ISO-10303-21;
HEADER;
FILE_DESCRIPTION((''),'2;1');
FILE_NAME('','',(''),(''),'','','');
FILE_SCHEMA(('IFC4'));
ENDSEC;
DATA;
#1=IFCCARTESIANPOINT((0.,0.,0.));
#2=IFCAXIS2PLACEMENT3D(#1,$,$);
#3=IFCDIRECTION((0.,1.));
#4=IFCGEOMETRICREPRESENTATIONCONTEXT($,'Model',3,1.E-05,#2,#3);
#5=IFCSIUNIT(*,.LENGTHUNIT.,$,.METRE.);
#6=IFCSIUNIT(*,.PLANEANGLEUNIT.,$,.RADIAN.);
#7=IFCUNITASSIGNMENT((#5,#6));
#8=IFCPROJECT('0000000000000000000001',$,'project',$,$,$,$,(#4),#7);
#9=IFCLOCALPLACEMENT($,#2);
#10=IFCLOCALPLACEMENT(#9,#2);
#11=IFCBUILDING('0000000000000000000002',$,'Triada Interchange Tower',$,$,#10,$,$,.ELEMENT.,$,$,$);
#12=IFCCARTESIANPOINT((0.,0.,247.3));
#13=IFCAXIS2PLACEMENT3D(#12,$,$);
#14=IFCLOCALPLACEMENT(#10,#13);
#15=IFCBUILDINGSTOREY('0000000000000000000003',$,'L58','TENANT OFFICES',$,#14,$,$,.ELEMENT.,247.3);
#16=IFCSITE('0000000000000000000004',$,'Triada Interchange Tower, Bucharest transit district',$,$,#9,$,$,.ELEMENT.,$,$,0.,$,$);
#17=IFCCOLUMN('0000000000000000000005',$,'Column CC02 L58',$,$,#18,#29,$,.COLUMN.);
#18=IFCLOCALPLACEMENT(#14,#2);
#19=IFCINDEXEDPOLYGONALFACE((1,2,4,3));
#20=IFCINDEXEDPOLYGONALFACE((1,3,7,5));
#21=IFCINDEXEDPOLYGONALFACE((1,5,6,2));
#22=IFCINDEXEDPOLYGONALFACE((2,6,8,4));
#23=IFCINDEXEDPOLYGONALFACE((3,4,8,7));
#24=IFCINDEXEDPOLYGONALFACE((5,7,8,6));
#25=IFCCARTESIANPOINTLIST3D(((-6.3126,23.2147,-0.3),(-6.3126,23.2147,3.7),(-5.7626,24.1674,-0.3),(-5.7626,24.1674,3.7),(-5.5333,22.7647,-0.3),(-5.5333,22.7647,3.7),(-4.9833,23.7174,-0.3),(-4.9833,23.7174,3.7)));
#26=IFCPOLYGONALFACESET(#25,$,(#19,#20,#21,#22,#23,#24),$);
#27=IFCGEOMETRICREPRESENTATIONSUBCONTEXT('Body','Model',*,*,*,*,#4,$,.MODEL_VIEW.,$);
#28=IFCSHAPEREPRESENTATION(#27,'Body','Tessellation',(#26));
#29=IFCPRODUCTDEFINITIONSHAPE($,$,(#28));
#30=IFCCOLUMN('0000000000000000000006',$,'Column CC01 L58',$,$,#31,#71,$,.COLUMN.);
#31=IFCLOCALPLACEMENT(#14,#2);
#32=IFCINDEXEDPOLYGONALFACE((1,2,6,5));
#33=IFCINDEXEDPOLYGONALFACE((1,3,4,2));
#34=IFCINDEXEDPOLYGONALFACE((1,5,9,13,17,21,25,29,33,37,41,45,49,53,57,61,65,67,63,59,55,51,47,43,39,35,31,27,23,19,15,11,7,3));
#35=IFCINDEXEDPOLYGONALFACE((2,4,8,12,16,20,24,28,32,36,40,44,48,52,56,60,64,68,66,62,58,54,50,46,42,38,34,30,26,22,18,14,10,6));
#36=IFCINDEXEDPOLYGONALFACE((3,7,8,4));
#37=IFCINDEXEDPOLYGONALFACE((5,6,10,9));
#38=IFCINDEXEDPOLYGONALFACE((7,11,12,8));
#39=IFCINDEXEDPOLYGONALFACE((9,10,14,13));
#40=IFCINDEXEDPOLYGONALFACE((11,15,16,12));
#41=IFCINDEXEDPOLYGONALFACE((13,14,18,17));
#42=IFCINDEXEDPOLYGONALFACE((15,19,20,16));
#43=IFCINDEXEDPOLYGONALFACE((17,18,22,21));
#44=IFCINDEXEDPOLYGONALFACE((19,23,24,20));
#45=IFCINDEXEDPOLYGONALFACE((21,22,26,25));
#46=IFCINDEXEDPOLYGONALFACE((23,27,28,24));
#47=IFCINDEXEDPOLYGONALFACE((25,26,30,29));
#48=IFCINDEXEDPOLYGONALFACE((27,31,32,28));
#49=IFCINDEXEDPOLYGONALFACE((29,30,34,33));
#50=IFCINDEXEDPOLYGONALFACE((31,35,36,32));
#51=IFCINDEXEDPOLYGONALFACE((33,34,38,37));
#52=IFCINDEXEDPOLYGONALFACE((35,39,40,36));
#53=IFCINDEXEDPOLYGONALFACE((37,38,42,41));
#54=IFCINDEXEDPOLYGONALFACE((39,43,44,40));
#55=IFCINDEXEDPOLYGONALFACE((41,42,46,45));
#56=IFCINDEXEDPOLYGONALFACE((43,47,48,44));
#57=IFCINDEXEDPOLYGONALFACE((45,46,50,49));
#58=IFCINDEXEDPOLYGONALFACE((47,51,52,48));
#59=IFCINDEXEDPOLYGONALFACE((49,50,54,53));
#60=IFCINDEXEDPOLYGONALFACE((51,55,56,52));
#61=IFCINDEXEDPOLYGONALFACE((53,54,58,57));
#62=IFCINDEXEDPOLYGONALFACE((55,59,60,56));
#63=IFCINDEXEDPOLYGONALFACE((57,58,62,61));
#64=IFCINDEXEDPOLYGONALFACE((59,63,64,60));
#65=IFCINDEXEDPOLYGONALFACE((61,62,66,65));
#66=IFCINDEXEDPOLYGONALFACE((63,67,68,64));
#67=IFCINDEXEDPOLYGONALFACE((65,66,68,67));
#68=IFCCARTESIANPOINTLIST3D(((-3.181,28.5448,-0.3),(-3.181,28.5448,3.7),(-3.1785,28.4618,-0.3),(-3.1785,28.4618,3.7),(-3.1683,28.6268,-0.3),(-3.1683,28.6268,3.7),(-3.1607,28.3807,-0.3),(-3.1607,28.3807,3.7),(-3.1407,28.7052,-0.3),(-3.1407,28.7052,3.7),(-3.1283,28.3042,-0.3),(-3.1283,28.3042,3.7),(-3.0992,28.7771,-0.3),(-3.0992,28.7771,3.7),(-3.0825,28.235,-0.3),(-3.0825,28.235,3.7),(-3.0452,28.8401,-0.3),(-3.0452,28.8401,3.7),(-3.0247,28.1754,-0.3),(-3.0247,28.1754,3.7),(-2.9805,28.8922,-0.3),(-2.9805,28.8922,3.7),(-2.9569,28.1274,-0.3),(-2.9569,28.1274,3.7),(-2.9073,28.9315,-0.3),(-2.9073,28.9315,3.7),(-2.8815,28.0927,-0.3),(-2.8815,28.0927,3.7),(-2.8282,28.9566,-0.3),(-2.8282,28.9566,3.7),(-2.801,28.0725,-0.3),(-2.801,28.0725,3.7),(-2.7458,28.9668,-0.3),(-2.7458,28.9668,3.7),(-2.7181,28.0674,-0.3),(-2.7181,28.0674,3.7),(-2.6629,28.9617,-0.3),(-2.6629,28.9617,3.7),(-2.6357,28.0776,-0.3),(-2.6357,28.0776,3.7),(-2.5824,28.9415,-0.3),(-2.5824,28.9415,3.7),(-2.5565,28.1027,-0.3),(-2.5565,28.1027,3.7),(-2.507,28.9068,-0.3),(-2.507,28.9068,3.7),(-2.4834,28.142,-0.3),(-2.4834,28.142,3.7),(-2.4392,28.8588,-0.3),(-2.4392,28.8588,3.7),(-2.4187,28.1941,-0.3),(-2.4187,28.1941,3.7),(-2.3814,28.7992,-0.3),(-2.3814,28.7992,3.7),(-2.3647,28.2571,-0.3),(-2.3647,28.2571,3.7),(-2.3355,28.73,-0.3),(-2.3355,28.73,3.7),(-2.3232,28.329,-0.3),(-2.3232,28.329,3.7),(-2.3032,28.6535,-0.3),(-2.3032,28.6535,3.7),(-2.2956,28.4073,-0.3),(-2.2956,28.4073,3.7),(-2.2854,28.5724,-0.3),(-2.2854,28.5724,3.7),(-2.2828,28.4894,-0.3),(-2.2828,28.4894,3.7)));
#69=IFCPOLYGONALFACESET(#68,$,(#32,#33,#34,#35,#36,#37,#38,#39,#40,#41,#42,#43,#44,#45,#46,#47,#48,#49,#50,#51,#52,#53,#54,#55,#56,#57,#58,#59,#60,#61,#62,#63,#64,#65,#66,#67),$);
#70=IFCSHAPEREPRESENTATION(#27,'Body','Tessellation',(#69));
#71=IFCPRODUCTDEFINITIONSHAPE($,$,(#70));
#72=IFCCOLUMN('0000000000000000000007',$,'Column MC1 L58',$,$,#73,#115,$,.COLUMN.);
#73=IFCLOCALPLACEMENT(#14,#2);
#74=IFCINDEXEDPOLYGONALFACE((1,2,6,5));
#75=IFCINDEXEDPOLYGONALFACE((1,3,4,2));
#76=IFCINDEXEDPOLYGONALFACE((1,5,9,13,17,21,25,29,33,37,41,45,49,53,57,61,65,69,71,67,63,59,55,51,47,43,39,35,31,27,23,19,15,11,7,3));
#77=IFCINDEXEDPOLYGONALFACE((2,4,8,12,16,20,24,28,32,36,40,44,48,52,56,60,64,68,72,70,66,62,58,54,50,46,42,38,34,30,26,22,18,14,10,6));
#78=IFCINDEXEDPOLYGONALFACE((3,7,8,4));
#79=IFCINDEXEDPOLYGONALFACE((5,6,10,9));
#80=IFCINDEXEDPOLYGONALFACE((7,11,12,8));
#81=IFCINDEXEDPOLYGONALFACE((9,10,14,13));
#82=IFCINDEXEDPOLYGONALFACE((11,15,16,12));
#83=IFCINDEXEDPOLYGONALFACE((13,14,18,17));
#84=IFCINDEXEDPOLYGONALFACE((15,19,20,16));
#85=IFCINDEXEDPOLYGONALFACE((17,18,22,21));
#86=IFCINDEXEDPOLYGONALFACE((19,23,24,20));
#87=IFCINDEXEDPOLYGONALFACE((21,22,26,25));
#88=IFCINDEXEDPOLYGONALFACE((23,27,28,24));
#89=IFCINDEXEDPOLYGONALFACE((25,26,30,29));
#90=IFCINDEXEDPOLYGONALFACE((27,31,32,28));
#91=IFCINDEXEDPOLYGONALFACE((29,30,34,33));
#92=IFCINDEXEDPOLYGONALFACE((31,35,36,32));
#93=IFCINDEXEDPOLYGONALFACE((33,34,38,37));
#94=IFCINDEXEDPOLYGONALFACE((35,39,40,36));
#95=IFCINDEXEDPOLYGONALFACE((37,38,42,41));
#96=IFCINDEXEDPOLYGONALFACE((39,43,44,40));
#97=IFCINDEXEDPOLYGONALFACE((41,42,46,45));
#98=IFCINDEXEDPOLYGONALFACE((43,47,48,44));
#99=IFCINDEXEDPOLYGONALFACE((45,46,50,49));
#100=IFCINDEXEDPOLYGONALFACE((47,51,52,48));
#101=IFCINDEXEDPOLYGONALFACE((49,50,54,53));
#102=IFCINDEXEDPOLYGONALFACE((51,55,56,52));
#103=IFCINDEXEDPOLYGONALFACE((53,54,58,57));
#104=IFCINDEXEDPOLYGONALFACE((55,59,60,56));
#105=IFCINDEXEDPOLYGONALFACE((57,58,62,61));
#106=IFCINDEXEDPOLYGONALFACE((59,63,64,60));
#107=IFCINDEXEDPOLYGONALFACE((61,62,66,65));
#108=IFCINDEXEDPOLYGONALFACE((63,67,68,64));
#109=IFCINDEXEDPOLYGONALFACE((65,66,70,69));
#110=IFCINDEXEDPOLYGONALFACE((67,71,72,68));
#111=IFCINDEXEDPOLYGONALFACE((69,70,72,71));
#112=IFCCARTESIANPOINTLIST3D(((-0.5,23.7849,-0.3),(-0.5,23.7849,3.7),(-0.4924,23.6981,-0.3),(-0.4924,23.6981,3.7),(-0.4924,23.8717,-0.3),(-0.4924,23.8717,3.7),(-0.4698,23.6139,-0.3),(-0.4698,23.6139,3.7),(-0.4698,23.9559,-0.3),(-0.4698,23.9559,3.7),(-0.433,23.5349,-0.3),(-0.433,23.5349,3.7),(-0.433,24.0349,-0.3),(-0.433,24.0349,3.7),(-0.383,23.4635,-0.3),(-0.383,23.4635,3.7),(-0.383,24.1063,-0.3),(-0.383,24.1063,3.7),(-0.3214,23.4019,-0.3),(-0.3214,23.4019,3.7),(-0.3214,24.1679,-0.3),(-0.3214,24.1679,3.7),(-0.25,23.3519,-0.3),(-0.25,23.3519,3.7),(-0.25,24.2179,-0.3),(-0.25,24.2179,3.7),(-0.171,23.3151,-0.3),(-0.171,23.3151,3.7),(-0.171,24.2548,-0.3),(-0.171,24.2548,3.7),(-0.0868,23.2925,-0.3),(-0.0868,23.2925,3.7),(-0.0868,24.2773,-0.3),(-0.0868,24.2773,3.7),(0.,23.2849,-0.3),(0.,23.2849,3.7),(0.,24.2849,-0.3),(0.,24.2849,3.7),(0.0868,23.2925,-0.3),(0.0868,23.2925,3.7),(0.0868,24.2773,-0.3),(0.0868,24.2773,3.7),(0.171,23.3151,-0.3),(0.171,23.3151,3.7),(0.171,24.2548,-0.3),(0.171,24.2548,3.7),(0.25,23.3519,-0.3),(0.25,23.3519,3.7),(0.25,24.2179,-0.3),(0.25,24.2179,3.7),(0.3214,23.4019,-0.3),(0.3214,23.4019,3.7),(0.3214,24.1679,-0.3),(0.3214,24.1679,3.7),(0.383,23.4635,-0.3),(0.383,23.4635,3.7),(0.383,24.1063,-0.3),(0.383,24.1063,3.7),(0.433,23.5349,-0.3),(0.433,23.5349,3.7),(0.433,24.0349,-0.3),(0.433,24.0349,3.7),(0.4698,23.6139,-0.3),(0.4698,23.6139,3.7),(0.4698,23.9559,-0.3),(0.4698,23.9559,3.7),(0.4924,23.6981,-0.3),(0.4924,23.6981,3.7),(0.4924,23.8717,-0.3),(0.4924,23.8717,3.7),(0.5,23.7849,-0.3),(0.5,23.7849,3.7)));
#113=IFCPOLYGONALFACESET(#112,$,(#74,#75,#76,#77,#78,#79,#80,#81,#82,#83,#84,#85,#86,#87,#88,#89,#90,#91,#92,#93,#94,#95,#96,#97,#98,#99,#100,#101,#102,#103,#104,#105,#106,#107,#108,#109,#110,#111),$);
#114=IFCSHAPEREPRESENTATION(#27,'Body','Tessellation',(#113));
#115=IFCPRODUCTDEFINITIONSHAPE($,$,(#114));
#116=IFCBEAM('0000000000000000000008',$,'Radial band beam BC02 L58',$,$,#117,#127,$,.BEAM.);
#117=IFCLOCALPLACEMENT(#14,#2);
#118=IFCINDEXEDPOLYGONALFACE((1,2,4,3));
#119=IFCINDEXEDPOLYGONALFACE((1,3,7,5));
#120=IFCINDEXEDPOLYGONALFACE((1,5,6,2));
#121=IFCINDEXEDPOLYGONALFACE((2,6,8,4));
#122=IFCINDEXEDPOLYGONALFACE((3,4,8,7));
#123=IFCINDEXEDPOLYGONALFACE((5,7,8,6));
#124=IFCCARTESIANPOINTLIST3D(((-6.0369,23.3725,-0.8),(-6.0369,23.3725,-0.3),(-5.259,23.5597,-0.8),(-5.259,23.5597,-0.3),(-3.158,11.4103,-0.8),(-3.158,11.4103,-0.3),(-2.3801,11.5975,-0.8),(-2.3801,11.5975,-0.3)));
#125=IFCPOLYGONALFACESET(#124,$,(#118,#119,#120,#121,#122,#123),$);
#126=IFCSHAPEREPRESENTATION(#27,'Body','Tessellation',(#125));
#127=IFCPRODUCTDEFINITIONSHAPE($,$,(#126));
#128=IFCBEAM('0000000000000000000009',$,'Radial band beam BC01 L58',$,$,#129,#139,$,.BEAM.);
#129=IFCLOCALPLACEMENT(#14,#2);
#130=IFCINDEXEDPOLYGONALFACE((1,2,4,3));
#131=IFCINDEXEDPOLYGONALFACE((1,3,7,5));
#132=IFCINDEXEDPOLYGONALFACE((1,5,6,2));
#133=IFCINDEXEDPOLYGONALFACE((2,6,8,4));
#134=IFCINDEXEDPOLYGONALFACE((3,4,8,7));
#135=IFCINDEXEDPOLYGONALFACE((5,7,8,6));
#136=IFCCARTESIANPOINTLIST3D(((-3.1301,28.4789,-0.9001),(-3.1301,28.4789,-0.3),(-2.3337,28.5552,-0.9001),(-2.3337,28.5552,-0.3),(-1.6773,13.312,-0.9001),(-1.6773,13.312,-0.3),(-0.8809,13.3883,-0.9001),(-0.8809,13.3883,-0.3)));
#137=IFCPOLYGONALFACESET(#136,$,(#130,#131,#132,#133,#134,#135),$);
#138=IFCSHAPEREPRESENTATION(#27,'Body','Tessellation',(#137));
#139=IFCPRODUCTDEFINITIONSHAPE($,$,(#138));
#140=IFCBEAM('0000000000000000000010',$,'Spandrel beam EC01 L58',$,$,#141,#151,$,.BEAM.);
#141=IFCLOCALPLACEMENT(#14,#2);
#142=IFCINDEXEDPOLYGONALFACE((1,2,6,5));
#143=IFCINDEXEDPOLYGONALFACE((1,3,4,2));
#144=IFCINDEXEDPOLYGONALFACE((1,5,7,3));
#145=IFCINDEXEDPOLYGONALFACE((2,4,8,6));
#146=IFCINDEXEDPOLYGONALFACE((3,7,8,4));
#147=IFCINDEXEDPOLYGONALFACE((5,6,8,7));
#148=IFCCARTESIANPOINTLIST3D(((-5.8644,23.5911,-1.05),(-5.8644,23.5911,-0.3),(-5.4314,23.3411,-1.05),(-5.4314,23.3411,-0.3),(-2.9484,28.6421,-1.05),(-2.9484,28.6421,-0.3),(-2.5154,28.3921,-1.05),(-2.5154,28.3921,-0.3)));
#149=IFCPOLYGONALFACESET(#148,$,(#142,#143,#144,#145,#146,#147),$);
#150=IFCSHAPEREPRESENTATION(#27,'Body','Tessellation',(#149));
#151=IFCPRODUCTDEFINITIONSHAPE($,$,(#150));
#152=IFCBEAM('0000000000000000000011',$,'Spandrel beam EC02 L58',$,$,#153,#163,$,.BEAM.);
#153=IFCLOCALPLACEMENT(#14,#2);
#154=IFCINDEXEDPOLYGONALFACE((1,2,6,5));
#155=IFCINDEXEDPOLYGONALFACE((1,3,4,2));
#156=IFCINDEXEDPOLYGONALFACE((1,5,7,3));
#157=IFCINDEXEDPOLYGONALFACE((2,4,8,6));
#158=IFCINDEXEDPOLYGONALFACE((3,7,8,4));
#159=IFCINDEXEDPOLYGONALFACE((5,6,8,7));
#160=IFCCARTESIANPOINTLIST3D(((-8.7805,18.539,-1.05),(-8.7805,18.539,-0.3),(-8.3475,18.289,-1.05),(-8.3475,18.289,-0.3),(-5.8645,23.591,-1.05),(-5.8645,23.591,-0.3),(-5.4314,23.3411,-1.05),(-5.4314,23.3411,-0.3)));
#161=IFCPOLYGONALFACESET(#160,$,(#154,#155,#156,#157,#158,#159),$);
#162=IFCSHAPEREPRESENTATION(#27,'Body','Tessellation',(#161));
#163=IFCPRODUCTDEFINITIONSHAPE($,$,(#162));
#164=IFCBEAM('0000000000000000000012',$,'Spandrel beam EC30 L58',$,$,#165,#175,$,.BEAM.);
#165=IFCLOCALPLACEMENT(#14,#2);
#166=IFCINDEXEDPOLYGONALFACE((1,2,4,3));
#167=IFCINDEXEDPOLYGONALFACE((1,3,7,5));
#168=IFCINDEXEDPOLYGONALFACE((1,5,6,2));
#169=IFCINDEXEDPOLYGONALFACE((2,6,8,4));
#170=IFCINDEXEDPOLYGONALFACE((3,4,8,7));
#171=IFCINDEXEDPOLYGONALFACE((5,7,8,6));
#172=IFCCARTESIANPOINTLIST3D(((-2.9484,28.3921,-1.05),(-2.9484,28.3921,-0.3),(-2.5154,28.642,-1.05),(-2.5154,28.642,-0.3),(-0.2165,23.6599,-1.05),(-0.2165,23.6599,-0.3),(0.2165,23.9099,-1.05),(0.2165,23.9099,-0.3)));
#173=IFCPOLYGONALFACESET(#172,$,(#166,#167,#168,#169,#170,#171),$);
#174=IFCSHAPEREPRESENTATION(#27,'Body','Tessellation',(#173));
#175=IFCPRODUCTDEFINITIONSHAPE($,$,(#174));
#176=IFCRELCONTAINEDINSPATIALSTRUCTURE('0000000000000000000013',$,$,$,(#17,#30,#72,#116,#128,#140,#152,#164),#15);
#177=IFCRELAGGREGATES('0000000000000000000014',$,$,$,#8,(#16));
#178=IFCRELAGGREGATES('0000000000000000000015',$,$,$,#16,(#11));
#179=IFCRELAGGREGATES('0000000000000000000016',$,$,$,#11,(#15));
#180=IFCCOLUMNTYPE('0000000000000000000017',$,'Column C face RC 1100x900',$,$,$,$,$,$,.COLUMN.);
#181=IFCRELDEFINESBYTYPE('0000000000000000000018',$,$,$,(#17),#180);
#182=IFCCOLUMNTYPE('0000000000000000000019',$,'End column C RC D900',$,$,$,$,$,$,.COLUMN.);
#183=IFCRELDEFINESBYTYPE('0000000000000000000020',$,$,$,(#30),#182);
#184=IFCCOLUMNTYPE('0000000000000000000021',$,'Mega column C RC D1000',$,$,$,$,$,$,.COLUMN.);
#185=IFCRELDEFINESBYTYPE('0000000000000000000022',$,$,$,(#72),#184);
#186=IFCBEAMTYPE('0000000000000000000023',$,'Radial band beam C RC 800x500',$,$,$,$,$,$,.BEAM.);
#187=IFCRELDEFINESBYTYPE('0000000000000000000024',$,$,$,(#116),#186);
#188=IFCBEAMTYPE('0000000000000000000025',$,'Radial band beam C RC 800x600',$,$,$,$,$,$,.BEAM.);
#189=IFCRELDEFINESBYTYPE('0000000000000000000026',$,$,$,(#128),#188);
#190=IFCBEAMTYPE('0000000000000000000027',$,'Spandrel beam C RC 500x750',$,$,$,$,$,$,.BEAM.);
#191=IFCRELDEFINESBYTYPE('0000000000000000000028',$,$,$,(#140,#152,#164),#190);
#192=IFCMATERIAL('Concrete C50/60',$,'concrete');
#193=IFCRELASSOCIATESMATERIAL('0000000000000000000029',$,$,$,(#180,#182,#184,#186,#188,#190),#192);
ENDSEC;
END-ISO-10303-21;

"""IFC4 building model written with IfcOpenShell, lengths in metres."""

from ifc_helpers import new_model, si_unit, direction, frame, origin, origin_2d, place, context, subcontext, project, spatial, rectangle, circle, extrude, material, material_profile, profile_set, type_object, element, save


model = new_model("IFC4")

# Units and contexts
model_context = context("Model", 3, precision=1e-05, world=origin(), true_north=direction((0.0, 1.0)))
body_context = subcontext(model_context, "Body", "Model", "MODEL_VIEW")
ifc_project = project(units=[si_unit("LENGTHUNIT", "METRE"), si_unit("PLANEANGLEUNIT", "RADIAN")], contexts=[model_context])

# Site, building, storey
site_placement = place(None, origin())
site = spatial("IfcSite", under=ifc_project, at=site_placement, Name="Triada Interchange Tower, Bucharest transit district", CompositionType="ELEMENT", RefElevation=0.0)
building_placement = place(site_placement, origin())
building = spatial("IfcBuilding", under=site, at=building_placement, Name="Triada Interchange Tower", CompositionType="ELEMENT")
storey_placement = place(building_placement, frame((0.0, 0.0, 247.3)))
storey = spatial("IfcBuildingStorey", under=building, at=storey_placement, Name="L58", Description="TENANT OFFICES", CompositionType="ELEMENT", Elevation=247.3)

# Columns
ifc_material_1 = material(Name="Concrete C50/60", Category="concrete")
ifc_material_profile_1 = material_profile(ifc_material_1, rectangle(XDim=1.1001, YDim=0.8999, at=origin_2d()), Name="RC 1100x900")
ifc_profile_set_1 = profile_set([ifc_material_profile_1], Name="Concrete C50/60")
column_type_1 = type_object("IfcColumnType", Name="Column C face RC 1100x900", PredefinedType="COLUMN", material=ifc_profile_set_1)
column_1_placement = place(storey_placement, frame((-5.6479, 23.4661, -0.3), z_axis=(0.0, 0.0, 1.0), x_axis=(0.5, 0.866025, 0.0)))
element("IfcColumn", 1, at=column_1_placement, inside=storey, type_object=column_type_1, Name="Column CC02 L58", PredefinedType="COLUMN", context=body_context, shape_type="SweptSolid", body=[
    extrude(rectangle(XDim=1.1001, YDim=0.8999, at=origin_2d()), origin(), (0.0, 0.0, 1.0), 4.0),
])
ifc_material_profile_2 = material_profile(ifc_material_1, circle(Radius=0.45, at=origin_2d()), Name="RC D900")
ifc_profile_set_2 = profile_set([ifc_material_profile_2], Name="Concrete C50/60")
column_type_2 = type_object("IfcColumnType", Name="End column C RC D900", PredefinedType="COLUMN", material=ifc_profile_set_2)
column_2_placement = place(storey_placement, frame((-2.7319, 28.5171, -0.3), z_axis=(0.0, 0.0, 1.0), x_axis=(0.5, 0.866025, 0.0)))
element("IfcColumn", 2, at=column_2_placement, inside=storey, type_object=column_type_2, Name="Column CC01 L58", PredefinedType="COLUMN", context=body_context, shape_type="SweptSolid", body=[
    extrude(circle(Radius=0.45, at=origin_2d()), origin(), (0.0, 0.0, 1.0), 4.0),
])
ifc_material_profile_3 = material_profile(ifc_material_1, circle(Radius=0.5, at=origin_2d()), Name="RC D1000")
ifc_profile_set_3 = profile_set([ifc_material_profile_3], Name="Concrete C50/60")
column_type_3 = type_object("IfcColumnType", Name="Mega column C RC D1000", PredefinedType="COLUMN", material=ifc_profile_set_3)
column_3_placement = place(storey_placement, frame((0.0, 23.7849, -0.3), z_axis=(0.0, 0.0, 1.0), x_axis=(1.0, 0.0, 0.0)))
element("IfcColumn", 3, at=column_3_placement, inside=storey, type_object=column_type_3, Name="Column MC1 L58", PredefinedType="COLUMN", context=body_context, shape_type="SweptSolid", body=[
    extrude(circle(Radius=0.5, at=origin_2d()), origin(), (0.0, 0.0, 1.0), 4.0),
])

# Beams
ifc_material_profile_4 = material_profile(ifc_material_1, rectangle(XDim=0.8, YDim=0.5, at=origin_2d()), Name="RC 800x500")
ifc_profile_set_4 = profile_set([ifc_material_profile_4], Name="Concrete C50/60")
beam_type_1 = type_object("IfcBeamType", Name="Radial band beam C RC 800x500", PredefinedType="BEAM", material=ifc_profile_set_4)
beam_1_placement = place(storey_placement, frame((-5.6479, 23.4661, -0.55), z_axis=(0.233987, -0.97224, 0.0), x_axis=(0.97224, 0.233987, 0.0)))
element("IfcBeam", 4, at=beam_1_placement, inside=storey, type_object=beam_type_1, Name="Radial band beam BC02 L58", PredefinedType="BEAM", context=body_context, shape_type="SweptSolid", body=[
    extrude(rectangle(XDim=0.8, YDim=0.5, at=origin_2d()), origin(), (0.0, 0.0, 1.0), 12.3037),
])
ifc_material_profile_5 = material_profile(ifc_material_1, rectangle(XDim=0.8, YDim=0.6001, at=origin_2d()), Name="RC 800x600")
ifc_profile_set_5 = profile_set([ifc_material_profile_5], Name="Concrete C50/60")
beam_type_2 = type_object("IfcBeamType", Name="Radial band beam C RC 800x600", PredefinedType="BEAM", material=ifc_profile_set_5)
beam_2_placement = place(storey_placement, frame((-2.7319, 28.5171, -0.6001), z_axis=(0.095356, -0.995443, 0.0), x_axis=(0.995443, 0.095356, 0.0)))
element("IfcBeam", 5, at=beam_2_placement, inside=storey, type_object=beam_type_2, Name="Radial band beam BC01 L58", PredefinedType="BEAM", context=body_context, shape_type="SweptSolid", body=[
    extrude(rectangle(XDim=0.8, YDim=0.6001, at=origin_2d()), origin(), (0.0, 0.0, 1.0), 15.2363),
])
ifc_material_profile_6 = material_profile(ifc_material_1, rectangle(XDim=0.5, YDim=0.75, at=origin_2d()), Name="RC 500x750")
ifc_profile_set_6 = profile_set([ifc_material_profile_6], Name="Concrete C50/60")
beam_type_3 = type_object("IfcBeamType", Name="Spandrel beam C RC 500x750", PredefinedType="BEAM", material=ifc_profile_set_6)
beam_3_placement = place(storey_placement, frame((-2.7319, 28.5171, -0.675), z_axis=(-0.499975, -0.86604, 0.0), x_axis=(0.86604, -0.499975, 0.0)))
element("IfcBeam", 6, at=beam_3_placement, inside=storey, type_object=beam_type_3, Name="Spandrel beam EC01 L58", PredefinedType="BEAM", context=body_context, shape_type="SweptSolid", body=[
    extrude(rectangle(XDim=0.5, YDim=0.75, at=origin_2d()), origin(), (0.0, 0.0, 1.0), 5.8323),
])
beam_4_placement = place(storey_placement, frame((-5.6479, 23.4661, -0.675), z_axis=(-0.499902, -0.866082, 0.0), x_axis=(0.866082, -0.499902, 0.0)))
element("IfcBeam", 7, at=beam_4_placement, inside=storey, type_object=beam_type_3, Name="Spandrel beam EC02 L58", PredefinedType="BEAM", context=body_context, shape_type="SweptSolid", body=[
    extrude(rectangle(XDim=0.5, YDim=0.75, at=origin_2d()), origin(), (0.0, 0.0, 1.0), 5.8333),
])
beam_5_placement = place(storey_placement, frame((0.0, 23.7849, -0.675), z_axis=(-0.499974, 0.86604, 0.0), x_axis=(-0.86604, -0.499974, 0.0)))
element("IfcBeam", 8, at=beam_5_placement, inside=storey, type_object=beam_type_3, Name="Spandrel beam EC30 L58", PredefinedType="BEAM", context=body_context, shape_type="SweptSolid", body=[
    extrude(rectangle(XDim=0.5, YDim=0.75, at=origin_2d()), origin(), (0.0, 0.0, 1.0), 5.4641),
])

save(model, "model.ifc")
